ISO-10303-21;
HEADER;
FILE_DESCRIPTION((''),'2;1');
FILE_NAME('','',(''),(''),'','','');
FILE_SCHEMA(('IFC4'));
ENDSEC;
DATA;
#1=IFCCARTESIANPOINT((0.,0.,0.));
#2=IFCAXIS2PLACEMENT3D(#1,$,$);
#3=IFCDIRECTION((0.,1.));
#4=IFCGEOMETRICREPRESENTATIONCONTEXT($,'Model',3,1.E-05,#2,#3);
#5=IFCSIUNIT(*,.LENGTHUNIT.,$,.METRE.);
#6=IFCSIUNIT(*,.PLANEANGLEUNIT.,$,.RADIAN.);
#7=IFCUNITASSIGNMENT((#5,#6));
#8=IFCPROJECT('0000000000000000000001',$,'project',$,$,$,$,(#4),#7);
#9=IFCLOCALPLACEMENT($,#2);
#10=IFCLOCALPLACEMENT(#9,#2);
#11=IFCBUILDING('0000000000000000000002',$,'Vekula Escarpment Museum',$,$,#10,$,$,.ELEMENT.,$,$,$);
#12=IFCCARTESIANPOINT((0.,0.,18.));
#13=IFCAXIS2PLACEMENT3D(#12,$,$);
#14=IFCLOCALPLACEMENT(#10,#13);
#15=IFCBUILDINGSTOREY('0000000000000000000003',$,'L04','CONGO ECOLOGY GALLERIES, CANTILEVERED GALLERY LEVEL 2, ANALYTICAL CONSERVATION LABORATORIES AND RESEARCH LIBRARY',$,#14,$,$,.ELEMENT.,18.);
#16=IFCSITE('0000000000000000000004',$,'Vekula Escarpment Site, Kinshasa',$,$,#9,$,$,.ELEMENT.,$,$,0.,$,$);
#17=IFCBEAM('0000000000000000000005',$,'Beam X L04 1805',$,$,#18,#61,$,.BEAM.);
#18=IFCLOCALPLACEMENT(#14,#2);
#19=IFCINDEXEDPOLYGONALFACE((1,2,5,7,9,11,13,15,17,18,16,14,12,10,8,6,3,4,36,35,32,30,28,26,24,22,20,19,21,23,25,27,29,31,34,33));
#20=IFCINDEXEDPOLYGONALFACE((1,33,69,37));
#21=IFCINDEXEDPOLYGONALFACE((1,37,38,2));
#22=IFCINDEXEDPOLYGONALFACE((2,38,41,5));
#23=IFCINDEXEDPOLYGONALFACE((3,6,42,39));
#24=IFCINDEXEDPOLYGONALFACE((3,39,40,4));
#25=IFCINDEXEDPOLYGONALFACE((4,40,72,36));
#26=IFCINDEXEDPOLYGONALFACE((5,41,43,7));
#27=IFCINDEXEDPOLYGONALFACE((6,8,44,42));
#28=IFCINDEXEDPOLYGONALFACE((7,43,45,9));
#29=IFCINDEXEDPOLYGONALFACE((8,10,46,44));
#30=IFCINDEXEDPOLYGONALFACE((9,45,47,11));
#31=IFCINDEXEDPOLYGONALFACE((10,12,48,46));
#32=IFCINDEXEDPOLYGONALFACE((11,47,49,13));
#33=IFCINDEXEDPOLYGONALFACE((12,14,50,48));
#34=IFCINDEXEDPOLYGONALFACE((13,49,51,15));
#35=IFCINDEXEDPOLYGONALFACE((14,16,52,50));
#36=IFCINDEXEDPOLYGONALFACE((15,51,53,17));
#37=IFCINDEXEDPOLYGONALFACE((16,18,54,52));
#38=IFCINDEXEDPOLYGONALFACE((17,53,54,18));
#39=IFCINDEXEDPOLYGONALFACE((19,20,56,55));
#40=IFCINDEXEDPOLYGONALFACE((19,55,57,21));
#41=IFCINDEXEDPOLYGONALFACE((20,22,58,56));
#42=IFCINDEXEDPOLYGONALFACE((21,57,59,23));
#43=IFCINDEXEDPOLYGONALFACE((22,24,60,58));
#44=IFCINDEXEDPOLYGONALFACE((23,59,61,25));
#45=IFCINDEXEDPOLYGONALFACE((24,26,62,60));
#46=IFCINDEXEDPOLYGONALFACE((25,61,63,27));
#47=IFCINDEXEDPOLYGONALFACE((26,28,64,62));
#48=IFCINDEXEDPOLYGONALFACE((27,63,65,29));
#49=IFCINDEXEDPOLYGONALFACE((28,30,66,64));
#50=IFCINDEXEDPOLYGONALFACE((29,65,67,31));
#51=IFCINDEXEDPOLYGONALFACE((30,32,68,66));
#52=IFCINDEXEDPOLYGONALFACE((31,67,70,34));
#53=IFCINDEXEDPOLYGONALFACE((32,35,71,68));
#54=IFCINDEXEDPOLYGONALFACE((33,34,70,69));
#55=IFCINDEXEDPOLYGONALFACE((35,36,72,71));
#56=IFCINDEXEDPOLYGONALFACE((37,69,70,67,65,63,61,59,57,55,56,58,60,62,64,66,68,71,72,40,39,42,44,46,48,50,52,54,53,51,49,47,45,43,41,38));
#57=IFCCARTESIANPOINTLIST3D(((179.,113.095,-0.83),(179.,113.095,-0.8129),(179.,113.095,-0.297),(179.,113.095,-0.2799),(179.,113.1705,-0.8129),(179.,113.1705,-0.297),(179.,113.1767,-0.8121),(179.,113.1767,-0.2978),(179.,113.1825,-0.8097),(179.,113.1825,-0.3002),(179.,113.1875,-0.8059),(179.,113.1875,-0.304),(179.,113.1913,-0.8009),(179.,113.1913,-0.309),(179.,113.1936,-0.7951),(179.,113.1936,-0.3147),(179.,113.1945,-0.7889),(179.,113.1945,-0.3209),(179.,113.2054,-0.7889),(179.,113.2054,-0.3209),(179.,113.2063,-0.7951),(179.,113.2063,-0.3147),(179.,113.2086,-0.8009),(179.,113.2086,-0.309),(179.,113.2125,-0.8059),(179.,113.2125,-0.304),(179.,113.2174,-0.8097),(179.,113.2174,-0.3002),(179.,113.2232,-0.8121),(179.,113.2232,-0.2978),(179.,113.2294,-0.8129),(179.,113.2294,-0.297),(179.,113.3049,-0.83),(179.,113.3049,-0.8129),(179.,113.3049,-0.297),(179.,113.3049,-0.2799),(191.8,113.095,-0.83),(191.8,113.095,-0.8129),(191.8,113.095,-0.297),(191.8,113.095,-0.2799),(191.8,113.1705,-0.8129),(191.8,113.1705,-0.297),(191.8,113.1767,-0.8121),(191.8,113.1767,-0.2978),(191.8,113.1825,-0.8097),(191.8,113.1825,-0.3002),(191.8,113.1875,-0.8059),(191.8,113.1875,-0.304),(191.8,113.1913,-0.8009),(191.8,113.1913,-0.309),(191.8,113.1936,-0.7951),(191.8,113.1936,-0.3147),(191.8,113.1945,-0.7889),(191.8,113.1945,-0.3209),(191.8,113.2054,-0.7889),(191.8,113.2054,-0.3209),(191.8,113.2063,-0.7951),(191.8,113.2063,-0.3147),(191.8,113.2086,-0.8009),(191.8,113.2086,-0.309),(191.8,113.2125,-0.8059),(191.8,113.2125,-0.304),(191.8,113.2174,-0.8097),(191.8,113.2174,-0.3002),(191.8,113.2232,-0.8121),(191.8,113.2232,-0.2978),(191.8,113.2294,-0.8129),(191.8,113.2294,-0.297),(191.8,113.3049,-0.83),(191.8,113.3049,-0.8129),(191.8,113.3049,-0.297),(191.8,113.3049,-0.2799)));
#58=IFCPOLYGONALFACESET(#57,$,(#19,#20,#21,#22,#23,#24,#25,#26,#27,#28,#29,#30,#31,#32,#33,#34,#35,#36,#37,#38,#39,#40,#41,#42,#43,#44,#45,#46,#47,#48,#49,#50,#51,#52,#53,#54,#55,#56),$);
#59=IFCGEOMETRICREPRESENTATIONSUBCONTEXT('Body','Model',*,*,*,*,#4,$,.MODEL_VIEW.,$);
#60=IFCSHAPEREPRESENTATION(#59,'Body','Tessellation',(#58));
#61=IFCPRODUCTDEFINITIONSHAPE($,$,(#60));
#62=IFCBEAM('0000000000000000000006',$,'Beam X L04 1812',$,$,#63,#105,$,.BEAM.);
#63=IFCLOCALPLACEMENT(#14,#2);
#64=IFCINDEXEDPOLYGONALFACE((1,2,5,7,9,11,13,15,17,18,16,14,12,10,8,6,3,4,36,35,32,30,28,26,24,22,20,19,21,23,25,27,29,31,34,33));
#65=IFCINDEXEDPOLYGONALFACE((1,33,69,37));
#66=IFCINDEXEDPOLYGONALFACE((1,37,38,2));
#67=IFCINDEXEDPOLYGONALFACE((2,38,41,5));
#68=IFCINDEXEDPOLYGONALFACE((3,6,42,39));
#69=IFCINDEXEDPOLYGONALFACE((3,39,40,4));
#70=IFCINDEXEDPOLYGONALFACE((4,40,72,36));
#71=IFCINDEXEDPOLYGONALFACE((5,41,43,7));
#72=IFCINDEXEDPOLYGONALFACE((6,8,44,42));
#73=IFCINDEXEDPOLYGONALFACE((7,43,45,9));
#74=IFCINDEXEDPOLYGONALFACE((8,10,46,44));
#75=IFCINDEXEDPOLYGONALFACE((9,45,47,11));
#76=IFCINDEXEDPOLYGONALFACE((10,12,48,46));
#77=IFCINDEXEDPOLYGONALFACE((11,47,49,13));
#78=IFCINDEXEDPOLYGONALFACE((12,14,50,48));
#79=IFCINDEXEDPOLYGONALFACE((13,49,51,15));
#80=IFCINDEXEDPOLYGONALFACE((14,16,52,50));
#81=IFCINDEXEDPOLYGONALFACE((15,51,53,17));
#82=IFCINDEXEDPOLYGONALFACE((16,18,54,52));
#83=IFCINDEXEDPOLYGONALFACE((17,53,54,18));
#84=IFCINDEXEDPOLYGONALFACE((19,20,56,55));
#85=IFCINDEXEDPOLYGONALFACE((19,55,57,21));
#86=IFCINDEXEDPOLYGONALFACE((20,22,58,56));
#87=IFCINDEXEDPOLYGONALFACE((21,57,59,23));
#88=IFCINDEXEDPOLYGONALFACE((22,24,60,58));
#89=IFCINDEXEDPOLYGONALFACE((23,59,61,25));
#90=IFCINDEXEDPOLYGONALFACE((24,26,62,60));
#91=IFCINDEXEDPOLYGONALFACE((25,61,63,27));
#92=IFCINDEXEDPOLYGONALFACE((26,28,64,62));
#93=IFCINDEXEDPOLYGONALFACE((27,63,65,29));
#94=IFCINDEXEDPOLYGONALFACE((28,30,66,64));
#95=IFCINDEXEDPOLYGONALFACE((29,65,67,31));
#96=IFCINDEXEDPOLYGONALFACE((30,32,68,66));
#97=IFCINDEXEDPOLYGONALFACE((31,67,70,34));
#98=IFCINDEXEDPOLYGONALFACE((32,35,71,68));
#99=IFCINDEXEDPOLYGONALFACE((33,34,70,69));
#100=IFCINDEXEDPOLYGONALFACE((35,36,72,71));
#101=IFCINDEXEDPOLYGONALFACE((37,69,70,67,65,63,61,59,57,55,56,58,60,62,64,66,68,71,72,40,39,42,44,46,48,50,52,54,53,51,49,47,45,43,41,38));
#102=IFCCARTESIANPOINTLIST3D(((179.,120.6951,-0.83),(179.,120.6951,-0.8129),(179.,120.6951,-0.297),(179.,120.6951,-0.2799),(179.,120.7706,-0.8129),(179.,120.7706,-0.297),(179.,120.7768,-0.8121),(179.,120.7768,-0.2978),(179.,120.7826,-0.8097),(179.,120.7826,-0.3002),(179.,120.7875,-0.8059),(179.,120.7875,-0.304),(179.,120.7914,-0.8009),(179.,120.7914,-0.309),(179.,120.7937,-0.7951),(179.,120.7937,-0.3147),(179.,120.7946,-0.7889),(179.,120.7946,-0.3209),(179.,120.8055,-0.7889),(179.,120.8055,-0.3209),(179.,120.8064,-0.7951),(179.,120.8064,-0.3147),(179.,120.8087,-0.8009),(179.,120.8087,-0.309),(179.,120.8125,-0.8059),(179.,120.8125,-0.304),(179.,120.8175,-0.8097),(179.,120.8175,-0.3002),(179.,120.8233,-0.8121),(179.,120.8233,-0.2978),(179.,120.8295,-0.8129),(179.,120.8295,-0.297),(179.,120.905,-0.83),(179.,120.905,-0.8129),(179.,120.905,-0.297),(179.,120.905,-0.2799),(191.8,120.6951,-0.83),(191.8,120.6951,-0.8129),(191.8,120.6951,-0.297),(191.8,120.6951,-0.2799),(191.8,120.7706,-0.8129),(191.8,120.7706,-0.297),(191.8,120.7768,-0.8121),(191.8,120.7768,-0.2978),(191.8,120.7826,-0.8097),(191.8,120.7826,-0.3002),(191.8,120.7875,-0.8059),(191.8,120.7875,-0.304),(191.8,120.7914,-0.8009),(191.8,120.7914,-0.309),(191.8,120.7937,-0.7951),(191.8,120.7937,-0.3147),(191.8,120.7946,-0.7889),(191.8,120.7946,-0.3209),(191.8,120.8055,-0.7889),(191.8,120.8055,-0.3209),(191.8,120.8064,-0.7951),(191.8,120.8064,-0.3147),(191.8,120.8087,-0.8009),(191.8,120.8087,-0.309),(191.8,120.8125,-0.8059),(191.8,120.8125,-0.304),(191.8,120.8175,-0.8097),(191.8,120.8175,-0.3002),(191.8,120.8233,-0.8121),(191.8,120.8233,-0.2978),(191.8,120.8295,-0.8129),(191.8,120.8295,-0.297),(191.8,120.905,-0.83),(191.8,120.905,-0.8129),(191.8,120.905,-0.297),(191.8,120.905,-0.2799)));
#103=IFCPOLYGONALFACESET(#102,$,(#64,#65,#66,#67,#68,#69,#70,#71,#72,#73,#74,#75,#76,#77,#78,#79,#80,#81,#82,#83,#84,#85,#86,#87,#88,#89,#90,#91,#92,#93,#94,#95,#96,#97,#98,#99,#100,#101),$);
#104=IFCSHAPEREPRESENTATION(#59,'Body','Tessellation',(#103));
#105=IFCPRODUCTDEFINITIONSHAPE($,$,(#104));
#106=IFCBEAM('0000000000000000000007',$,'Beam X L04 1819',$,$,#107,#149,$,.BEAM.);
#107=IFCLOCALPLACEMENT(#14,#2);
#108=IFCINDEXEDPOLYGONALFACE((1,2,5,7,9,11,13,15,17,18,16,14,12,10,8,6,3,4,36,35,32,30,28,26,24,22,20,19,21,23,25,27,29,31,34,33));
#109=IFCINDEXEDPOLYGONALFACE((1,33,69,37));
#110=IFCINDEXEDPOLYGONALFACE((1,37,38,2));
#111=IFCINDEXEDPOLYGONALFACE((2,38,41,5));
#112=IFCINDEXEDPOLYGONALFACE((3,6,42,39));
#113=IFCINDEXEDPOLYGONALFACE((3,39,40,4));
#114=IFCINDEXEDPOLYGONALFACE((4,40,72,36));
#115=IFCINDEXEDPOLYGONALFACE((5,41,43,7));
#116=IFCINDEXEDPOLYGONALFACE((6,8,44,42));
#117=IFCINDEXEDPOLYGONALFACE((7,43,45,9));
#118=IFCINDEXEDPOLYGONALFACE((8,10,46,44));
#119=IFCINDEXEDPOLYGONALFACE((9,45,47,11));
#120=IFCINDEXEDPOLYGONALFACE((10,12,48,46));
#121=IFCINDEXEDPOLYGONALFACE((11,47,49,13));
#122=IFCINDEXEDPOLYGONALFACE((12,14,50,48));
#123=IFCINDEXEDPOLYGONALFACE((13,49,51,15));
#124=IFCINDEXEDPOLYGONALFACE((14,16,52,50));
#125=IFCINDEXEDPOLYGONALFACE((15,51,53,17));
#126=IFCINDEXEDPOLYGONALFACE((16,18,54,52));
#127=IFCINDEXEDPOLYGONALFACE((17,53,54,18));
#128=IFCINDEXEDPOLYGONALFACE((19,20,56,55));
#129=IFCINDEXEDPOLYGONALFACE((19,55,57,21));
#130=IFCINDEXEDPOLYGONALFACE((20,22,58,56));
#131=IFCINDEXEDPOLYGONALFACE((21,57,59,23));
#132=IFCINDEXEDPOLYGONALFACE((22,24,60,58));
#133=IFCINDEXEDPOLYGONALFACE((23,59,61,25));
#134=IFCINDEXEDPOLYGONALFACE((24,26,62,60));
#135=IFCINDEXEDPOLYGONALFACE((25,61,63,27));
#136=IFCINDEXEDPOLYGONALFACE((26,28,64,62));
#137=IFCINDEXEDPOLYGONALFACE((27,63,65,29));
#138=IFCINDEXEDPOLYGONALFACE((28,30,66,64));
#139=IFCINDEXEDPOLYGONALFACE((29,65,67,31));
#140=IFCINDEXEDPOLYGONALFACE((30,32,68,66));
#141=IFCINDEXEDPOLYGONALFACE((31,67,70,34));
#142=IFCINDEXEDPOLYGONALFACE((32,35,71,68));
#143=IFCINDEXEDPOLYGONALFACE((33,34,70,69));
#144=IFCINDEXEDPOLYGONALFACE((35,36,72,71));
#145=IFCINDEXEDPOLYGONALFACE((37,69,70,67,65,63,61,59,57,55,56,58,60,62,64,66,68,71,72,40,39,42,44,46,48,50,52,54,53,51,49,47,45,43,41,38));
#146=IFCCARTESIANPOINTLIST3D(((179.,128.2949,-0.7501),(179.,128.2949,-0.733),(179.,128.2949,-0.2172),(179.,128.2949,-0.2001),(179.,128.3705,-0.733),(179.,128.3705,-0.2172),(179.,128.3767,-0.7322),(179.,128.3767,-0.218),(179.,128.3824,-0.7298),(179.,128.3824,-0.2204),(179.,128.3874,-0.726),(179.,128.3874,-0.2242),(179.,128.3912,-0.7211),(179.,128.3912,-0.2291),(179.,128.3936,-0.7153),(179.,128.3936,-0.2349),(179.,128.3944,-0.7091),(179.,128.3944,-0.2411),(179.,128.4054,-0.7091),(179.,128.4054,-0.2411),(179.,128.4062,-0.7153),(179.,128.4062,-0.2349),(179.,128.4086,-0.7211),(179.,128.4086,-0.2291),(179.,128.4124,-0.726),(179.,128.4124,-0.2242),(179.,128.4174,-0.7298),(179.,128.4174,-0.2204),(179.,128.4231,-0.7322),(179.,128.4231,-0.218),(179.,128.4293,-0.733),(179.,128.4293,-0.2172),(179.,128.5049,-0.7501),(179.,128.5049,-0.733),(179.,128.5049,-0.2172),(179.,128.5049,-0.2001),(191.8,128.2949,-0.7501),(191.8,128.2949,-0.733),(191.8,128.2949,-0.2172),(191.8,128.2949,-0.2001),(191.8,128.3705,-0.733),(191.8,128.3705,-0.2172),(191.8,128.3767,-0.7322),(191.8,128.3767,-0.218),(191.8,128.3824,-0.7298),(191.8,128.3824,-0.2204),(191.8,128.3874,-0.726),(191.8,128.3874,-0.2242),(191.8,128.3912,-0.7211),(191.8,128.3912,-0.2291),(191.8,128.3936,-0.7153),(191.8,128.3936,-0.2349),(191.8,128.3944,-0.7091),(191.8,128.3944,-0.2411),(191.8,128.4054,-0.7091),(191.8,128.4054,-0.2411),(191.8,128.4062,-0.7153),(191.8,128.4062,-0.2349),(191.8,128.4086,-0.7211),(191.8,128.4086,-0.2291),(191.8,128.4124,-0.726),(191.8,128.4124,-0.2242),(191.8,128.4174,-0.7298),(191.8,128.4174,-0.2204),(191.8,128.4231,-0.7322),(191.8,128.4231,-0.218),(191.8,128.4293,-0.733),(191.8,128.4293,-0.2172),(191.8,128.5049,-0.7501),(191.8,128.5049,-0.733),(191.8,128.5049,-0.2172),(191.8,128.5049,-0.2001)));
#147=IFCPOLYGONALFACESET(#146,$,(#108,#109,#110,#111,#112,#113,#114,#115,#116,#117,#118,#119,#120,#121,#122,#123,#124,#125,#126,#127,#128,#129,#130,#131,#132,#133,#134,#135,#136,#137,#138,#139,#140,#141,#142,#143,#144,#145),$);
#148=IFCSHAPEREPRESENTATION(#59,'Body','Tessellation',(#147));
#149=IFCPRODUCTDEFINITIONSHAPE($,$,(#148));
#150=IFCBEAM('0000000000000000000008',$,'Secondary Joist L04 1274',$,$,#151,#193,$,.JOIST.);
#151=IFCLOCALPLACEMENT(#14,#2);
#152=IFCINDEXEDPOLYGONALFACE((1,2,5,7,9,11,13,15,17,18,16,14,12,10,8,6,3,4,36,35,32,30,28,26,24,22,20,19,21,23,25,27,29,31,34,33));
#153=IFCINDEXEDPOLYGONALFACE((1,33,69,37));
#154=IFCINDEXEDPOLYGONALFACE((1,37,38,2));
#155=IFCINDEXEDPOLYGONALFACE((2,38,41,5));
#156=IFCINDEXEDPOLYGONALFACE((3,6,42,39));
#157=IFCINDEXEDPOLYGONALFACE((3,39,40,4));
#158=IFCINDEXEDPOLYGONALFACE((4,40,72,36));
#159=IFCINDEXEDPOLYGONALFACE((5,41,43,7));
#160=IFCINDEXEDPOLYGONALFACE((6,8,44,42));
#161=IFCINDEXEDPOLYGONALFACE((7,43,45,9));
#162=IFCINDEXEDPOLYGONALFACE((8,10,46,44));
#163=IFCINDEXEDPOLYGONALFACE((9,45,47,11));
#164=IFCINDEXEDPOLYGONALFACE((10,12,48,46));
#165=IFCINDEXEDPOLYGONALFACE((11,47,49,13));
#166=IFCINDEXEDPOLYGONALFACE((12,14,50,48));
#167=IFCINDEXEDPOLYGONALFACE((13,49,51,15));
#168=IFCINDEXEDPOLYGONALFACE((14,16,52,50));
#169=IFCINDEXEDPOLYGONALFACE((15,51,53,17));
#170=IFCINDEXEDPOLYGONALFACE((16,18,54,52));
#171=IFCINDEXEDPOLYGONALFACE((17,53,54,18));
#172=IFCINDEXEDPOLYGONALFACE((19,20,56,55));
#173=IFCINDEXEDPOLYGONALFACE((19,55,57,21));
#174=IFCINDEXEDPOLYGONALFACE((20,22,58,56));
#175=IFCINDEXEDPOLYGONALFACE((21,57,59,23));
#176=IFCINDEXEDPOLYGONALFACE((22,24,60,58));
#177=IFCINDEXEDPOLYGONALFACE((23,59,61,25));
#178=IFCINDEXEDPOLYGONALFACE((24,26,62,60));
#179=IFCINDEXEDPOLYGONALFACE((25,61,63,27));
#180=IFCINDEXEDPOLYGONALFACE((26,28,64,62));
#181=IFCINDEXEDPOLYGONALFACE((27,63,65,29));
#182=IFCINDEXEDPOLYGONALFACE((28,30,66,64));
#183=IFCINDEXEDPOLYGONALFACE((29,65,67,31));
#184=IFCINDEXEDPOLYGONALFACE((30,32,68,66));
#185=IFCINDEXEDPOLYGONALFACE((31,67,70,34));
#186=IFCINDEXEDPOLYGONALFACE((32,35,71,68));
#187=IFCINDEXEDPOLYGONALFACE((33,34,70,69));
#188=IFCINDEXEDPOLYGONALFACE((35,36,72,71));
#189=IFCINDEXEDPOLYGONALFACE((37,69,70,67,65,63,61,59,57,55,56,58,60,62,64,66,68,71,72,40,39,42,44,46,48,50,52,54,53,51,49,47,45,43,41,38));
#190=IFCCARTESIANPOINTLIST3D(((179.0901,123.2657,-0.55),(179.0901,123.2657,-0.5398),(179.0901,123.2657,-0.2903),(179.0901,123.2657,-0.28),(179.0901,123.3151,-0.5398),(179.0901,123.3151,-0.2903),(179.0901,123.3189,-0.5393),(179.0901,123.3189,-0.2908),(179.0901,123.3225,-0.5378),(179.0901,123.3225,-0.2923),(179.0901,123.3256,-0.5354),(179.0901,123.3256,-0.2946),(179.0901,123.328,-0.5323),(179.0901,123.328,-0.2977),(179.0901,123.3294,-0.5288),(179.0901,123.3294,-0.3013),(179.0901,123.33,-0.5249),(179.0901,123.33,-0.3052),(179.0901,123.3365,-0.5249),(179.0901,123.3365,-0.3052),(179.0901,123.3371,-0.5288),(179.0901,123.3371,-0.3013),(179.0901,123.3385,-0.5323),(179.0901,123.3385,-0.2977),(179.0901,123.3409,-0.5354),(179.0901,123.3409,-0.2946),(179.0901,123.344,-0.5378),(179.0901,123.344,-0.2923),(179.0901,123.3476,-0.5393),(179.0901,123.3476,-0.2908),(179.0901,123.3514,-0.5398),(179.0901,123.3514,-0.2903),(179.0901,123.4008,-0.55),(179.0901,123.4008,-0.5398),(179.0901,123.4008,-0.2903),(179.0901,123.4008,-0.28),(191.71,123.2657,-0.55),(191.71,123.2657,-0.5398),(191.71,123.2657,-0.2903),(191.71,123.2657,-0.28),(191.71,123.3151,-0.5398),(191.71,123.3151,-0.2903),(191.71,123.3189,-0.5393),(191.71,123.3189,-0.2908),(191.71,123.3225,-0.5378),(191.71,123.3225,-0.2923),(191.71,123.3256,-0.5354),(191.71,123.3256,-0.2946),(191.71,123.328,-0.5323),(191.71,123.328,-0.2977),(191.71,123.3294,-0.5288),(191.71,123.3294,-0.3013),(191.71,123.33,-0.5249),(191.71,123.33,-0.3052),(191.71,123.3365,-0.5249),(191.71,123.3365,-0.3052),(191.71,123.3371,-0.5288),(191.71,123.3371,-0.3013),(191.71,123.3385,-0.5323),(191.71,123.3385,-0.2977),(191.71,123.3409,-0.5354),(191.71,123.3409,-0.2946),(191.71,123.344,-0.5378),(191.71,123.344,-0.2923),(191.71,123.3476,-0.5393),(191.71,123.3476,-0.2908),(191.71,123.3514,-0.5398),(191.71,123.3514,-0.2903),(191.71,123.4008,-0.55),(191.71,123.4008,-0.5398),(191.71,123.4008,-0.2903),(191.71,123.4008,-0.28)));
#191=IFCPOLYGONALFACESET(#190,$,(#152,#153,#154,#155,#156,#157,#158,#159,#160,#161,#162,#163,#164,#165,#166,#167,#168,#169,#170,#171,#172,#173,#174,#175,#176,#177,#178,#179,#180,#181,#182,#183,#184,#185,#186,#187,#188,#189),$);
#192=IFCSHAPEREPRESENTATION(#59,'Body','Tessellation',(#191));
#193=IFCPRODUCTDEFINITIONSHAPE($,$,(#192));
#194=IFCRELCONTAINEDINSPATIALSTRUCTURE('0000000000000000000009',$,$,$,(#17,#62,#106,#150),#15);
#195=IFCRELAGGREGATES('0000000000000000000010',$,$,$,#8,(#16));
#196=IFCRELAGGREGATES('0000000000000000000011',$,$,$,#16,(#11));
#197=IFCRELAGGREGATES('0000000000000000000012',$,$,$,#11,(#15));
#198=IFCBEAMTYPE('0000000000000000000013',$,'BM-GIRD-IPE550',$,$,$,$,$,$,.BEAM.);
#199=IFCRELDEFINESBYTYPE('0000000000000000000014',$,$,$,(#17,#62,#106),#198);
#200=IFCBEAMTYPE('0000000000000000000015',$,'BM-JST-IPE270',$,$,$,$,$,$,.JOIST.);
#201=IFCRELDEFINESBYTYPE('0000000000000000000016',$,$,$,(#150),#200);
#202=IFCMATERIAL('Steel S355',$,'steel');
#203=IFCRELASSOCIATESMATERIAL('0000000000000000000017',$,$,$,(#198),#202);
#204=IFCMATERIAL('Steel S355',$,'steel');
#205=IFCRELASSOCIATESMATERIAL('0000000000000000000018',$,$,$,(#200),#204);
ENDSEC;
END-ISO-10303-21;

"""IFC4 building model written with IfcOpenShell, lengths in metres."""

from ifc_helpers import new_model, si_unit, direction, frame, origin, origin_2d, place, context, subcontext, project, spatial, i_section, extrude, material, material_profile, profile_set, type_object, element, save


model = new_model("IFC4")

# Units and contexts
model_context = context("Model", 3, precision=1e-05, world=origin(), true_north=direction((0.0, 1.0)))
body_context = subcontext(model_context, "Body", "Model", "MODEL_VIEW")
ifc_project = project(units=[si_unit("LENGTHUNIT", "METRE"), si_unit("PLANEANGLEUNIT", "RADIAN")], contexts=[model_context])

# Site, building, storey
site_placement = place(None, origin())
site = spatial("IfcSite", under=ifc_project, at=site_placement, Name="Vekula Escarpment Site, Kinshasa", CompositionType="ELEMENT", RefElevation=0.0)
building_placement = place(site_placement, origin())
building = spatial("IfcBuilding", under=site, at=building_placement, Name="Vekula Escarpment Museum", CompositionType="ELEMENT")
storey_placement = place(building_placement, frame((0.0, 0.0, 18.0)))
storey = spatial("IfcBuildingStorey", under=building, at=storey_placement, Name="L04", Description="CONGO ECOLOGY GALLERIES, CANTILEVERED GALLERY LEVEL 2, ANALYTICAL CONSERVATION LABORATORIES AND RESEARCH LIBRARY", CompositionType="ELEMENT", Elevation=18.0)

# Beams
ifc_material_1 = material(Name="Steel S355", Category="steel")
ifc_material_profile_1 = material_profile(ifc_material_1, i_section(OverallWidth=0.21, OverallDepth=0.55, WebThickness=0.011, FlangeThickness=0.0171, FilletRadius=0.0239, at=origin_2d()), Name="IPE 550")
ifc_profile_set_1 = profile_set([ifc_material_profile_1], Name="Steel S355")
beam_type_1 = type_object("IfcBeamType", Name="BM-GIRD-IPE550", PredefinedType="BEAM", material=ifc_profile_set_1)
for number, where, z_axis, x_axis, name in (
    (1, (179.0, 113.2, -0.5549), (1.0, 0.0, 0.0), (0.0, 1.0, 0.0), "Beam X L04 1805"),
    (2, (179.0, 120.8, -0.5549), (1.0, 0.0, 0.0), (0.0, 1.0, 0.0), "Beam X L04 1812"),
    (3, (179.0, 128.3999, -0.4751), (1.0, 0.0, 0.0), (0.0, 1.0, 0.0), "Beam X L04 1819"),
):
    element("IfcBeam", number, at=place(storey_placement, frame(where, z_axis=z_axis, x_axis=x_axis)), inside=storey, type_object=beam_type_1, Name=name, PredefinedType="BEAM", context=body_context, shape_type="SweptSolid", body=[
        extrude(i_section(OverallWidth=0.21, OverallDepth=0.55, WebThickness=0.011, FlangeThickness=0.0171, FilletRadius=0.0239, at=origin_2d()), origin(), (0.0, 0.0, 1.0), 12.8),
    ])
ifc_material_2 = material(Name="Steel S355", Category="steel")
ifc_material_profile_2 = material_profile(ifc_material_2, i_section(OverallWidth=0.135, OverallDepth=0.27, WebThickness=0.0066, FlangeThickness=0.0103, FilletRadius=0.0149, at=origin_2d()), Name="IPE 270")
ifc_profile_set_2 = profile_set([ifc_material_profile_2], Name="Steel S355")
beam_type_2 = type_object("IfcBeamType", Name="BM-JST-IPE270", PredefinedType="JOIST", material=ifc_profile_set_2)
for number, where, z_axis, x_axis, name in (
    (4, (179.0901, 123.3333, -0.415), (1.0, 0.0, 0.0), (0.0, 1.0, 0.0), "Secondary Joist L04 1274"),
):
    element("IfcBeam", number, at=place(storey_placement, frame(where, z_axis=z_axis, x_axis=x_axis)), inside=storey, type_object=beam_type_2, Name=name, PredefinedType="JOIST", context=body_context, shape_type="SweptSolid", body=[
        extrude(i_section(OverallWidth=0.135, OverallDepth=0.27, WebThickness=0.0066, FlangeThickness=0.0103, FilletRadius=0.0149, at=origin_2d()), origin(), (0.0, 0.0, 1.0), 12.6199),
    ])

save(model, "model.ifc")
